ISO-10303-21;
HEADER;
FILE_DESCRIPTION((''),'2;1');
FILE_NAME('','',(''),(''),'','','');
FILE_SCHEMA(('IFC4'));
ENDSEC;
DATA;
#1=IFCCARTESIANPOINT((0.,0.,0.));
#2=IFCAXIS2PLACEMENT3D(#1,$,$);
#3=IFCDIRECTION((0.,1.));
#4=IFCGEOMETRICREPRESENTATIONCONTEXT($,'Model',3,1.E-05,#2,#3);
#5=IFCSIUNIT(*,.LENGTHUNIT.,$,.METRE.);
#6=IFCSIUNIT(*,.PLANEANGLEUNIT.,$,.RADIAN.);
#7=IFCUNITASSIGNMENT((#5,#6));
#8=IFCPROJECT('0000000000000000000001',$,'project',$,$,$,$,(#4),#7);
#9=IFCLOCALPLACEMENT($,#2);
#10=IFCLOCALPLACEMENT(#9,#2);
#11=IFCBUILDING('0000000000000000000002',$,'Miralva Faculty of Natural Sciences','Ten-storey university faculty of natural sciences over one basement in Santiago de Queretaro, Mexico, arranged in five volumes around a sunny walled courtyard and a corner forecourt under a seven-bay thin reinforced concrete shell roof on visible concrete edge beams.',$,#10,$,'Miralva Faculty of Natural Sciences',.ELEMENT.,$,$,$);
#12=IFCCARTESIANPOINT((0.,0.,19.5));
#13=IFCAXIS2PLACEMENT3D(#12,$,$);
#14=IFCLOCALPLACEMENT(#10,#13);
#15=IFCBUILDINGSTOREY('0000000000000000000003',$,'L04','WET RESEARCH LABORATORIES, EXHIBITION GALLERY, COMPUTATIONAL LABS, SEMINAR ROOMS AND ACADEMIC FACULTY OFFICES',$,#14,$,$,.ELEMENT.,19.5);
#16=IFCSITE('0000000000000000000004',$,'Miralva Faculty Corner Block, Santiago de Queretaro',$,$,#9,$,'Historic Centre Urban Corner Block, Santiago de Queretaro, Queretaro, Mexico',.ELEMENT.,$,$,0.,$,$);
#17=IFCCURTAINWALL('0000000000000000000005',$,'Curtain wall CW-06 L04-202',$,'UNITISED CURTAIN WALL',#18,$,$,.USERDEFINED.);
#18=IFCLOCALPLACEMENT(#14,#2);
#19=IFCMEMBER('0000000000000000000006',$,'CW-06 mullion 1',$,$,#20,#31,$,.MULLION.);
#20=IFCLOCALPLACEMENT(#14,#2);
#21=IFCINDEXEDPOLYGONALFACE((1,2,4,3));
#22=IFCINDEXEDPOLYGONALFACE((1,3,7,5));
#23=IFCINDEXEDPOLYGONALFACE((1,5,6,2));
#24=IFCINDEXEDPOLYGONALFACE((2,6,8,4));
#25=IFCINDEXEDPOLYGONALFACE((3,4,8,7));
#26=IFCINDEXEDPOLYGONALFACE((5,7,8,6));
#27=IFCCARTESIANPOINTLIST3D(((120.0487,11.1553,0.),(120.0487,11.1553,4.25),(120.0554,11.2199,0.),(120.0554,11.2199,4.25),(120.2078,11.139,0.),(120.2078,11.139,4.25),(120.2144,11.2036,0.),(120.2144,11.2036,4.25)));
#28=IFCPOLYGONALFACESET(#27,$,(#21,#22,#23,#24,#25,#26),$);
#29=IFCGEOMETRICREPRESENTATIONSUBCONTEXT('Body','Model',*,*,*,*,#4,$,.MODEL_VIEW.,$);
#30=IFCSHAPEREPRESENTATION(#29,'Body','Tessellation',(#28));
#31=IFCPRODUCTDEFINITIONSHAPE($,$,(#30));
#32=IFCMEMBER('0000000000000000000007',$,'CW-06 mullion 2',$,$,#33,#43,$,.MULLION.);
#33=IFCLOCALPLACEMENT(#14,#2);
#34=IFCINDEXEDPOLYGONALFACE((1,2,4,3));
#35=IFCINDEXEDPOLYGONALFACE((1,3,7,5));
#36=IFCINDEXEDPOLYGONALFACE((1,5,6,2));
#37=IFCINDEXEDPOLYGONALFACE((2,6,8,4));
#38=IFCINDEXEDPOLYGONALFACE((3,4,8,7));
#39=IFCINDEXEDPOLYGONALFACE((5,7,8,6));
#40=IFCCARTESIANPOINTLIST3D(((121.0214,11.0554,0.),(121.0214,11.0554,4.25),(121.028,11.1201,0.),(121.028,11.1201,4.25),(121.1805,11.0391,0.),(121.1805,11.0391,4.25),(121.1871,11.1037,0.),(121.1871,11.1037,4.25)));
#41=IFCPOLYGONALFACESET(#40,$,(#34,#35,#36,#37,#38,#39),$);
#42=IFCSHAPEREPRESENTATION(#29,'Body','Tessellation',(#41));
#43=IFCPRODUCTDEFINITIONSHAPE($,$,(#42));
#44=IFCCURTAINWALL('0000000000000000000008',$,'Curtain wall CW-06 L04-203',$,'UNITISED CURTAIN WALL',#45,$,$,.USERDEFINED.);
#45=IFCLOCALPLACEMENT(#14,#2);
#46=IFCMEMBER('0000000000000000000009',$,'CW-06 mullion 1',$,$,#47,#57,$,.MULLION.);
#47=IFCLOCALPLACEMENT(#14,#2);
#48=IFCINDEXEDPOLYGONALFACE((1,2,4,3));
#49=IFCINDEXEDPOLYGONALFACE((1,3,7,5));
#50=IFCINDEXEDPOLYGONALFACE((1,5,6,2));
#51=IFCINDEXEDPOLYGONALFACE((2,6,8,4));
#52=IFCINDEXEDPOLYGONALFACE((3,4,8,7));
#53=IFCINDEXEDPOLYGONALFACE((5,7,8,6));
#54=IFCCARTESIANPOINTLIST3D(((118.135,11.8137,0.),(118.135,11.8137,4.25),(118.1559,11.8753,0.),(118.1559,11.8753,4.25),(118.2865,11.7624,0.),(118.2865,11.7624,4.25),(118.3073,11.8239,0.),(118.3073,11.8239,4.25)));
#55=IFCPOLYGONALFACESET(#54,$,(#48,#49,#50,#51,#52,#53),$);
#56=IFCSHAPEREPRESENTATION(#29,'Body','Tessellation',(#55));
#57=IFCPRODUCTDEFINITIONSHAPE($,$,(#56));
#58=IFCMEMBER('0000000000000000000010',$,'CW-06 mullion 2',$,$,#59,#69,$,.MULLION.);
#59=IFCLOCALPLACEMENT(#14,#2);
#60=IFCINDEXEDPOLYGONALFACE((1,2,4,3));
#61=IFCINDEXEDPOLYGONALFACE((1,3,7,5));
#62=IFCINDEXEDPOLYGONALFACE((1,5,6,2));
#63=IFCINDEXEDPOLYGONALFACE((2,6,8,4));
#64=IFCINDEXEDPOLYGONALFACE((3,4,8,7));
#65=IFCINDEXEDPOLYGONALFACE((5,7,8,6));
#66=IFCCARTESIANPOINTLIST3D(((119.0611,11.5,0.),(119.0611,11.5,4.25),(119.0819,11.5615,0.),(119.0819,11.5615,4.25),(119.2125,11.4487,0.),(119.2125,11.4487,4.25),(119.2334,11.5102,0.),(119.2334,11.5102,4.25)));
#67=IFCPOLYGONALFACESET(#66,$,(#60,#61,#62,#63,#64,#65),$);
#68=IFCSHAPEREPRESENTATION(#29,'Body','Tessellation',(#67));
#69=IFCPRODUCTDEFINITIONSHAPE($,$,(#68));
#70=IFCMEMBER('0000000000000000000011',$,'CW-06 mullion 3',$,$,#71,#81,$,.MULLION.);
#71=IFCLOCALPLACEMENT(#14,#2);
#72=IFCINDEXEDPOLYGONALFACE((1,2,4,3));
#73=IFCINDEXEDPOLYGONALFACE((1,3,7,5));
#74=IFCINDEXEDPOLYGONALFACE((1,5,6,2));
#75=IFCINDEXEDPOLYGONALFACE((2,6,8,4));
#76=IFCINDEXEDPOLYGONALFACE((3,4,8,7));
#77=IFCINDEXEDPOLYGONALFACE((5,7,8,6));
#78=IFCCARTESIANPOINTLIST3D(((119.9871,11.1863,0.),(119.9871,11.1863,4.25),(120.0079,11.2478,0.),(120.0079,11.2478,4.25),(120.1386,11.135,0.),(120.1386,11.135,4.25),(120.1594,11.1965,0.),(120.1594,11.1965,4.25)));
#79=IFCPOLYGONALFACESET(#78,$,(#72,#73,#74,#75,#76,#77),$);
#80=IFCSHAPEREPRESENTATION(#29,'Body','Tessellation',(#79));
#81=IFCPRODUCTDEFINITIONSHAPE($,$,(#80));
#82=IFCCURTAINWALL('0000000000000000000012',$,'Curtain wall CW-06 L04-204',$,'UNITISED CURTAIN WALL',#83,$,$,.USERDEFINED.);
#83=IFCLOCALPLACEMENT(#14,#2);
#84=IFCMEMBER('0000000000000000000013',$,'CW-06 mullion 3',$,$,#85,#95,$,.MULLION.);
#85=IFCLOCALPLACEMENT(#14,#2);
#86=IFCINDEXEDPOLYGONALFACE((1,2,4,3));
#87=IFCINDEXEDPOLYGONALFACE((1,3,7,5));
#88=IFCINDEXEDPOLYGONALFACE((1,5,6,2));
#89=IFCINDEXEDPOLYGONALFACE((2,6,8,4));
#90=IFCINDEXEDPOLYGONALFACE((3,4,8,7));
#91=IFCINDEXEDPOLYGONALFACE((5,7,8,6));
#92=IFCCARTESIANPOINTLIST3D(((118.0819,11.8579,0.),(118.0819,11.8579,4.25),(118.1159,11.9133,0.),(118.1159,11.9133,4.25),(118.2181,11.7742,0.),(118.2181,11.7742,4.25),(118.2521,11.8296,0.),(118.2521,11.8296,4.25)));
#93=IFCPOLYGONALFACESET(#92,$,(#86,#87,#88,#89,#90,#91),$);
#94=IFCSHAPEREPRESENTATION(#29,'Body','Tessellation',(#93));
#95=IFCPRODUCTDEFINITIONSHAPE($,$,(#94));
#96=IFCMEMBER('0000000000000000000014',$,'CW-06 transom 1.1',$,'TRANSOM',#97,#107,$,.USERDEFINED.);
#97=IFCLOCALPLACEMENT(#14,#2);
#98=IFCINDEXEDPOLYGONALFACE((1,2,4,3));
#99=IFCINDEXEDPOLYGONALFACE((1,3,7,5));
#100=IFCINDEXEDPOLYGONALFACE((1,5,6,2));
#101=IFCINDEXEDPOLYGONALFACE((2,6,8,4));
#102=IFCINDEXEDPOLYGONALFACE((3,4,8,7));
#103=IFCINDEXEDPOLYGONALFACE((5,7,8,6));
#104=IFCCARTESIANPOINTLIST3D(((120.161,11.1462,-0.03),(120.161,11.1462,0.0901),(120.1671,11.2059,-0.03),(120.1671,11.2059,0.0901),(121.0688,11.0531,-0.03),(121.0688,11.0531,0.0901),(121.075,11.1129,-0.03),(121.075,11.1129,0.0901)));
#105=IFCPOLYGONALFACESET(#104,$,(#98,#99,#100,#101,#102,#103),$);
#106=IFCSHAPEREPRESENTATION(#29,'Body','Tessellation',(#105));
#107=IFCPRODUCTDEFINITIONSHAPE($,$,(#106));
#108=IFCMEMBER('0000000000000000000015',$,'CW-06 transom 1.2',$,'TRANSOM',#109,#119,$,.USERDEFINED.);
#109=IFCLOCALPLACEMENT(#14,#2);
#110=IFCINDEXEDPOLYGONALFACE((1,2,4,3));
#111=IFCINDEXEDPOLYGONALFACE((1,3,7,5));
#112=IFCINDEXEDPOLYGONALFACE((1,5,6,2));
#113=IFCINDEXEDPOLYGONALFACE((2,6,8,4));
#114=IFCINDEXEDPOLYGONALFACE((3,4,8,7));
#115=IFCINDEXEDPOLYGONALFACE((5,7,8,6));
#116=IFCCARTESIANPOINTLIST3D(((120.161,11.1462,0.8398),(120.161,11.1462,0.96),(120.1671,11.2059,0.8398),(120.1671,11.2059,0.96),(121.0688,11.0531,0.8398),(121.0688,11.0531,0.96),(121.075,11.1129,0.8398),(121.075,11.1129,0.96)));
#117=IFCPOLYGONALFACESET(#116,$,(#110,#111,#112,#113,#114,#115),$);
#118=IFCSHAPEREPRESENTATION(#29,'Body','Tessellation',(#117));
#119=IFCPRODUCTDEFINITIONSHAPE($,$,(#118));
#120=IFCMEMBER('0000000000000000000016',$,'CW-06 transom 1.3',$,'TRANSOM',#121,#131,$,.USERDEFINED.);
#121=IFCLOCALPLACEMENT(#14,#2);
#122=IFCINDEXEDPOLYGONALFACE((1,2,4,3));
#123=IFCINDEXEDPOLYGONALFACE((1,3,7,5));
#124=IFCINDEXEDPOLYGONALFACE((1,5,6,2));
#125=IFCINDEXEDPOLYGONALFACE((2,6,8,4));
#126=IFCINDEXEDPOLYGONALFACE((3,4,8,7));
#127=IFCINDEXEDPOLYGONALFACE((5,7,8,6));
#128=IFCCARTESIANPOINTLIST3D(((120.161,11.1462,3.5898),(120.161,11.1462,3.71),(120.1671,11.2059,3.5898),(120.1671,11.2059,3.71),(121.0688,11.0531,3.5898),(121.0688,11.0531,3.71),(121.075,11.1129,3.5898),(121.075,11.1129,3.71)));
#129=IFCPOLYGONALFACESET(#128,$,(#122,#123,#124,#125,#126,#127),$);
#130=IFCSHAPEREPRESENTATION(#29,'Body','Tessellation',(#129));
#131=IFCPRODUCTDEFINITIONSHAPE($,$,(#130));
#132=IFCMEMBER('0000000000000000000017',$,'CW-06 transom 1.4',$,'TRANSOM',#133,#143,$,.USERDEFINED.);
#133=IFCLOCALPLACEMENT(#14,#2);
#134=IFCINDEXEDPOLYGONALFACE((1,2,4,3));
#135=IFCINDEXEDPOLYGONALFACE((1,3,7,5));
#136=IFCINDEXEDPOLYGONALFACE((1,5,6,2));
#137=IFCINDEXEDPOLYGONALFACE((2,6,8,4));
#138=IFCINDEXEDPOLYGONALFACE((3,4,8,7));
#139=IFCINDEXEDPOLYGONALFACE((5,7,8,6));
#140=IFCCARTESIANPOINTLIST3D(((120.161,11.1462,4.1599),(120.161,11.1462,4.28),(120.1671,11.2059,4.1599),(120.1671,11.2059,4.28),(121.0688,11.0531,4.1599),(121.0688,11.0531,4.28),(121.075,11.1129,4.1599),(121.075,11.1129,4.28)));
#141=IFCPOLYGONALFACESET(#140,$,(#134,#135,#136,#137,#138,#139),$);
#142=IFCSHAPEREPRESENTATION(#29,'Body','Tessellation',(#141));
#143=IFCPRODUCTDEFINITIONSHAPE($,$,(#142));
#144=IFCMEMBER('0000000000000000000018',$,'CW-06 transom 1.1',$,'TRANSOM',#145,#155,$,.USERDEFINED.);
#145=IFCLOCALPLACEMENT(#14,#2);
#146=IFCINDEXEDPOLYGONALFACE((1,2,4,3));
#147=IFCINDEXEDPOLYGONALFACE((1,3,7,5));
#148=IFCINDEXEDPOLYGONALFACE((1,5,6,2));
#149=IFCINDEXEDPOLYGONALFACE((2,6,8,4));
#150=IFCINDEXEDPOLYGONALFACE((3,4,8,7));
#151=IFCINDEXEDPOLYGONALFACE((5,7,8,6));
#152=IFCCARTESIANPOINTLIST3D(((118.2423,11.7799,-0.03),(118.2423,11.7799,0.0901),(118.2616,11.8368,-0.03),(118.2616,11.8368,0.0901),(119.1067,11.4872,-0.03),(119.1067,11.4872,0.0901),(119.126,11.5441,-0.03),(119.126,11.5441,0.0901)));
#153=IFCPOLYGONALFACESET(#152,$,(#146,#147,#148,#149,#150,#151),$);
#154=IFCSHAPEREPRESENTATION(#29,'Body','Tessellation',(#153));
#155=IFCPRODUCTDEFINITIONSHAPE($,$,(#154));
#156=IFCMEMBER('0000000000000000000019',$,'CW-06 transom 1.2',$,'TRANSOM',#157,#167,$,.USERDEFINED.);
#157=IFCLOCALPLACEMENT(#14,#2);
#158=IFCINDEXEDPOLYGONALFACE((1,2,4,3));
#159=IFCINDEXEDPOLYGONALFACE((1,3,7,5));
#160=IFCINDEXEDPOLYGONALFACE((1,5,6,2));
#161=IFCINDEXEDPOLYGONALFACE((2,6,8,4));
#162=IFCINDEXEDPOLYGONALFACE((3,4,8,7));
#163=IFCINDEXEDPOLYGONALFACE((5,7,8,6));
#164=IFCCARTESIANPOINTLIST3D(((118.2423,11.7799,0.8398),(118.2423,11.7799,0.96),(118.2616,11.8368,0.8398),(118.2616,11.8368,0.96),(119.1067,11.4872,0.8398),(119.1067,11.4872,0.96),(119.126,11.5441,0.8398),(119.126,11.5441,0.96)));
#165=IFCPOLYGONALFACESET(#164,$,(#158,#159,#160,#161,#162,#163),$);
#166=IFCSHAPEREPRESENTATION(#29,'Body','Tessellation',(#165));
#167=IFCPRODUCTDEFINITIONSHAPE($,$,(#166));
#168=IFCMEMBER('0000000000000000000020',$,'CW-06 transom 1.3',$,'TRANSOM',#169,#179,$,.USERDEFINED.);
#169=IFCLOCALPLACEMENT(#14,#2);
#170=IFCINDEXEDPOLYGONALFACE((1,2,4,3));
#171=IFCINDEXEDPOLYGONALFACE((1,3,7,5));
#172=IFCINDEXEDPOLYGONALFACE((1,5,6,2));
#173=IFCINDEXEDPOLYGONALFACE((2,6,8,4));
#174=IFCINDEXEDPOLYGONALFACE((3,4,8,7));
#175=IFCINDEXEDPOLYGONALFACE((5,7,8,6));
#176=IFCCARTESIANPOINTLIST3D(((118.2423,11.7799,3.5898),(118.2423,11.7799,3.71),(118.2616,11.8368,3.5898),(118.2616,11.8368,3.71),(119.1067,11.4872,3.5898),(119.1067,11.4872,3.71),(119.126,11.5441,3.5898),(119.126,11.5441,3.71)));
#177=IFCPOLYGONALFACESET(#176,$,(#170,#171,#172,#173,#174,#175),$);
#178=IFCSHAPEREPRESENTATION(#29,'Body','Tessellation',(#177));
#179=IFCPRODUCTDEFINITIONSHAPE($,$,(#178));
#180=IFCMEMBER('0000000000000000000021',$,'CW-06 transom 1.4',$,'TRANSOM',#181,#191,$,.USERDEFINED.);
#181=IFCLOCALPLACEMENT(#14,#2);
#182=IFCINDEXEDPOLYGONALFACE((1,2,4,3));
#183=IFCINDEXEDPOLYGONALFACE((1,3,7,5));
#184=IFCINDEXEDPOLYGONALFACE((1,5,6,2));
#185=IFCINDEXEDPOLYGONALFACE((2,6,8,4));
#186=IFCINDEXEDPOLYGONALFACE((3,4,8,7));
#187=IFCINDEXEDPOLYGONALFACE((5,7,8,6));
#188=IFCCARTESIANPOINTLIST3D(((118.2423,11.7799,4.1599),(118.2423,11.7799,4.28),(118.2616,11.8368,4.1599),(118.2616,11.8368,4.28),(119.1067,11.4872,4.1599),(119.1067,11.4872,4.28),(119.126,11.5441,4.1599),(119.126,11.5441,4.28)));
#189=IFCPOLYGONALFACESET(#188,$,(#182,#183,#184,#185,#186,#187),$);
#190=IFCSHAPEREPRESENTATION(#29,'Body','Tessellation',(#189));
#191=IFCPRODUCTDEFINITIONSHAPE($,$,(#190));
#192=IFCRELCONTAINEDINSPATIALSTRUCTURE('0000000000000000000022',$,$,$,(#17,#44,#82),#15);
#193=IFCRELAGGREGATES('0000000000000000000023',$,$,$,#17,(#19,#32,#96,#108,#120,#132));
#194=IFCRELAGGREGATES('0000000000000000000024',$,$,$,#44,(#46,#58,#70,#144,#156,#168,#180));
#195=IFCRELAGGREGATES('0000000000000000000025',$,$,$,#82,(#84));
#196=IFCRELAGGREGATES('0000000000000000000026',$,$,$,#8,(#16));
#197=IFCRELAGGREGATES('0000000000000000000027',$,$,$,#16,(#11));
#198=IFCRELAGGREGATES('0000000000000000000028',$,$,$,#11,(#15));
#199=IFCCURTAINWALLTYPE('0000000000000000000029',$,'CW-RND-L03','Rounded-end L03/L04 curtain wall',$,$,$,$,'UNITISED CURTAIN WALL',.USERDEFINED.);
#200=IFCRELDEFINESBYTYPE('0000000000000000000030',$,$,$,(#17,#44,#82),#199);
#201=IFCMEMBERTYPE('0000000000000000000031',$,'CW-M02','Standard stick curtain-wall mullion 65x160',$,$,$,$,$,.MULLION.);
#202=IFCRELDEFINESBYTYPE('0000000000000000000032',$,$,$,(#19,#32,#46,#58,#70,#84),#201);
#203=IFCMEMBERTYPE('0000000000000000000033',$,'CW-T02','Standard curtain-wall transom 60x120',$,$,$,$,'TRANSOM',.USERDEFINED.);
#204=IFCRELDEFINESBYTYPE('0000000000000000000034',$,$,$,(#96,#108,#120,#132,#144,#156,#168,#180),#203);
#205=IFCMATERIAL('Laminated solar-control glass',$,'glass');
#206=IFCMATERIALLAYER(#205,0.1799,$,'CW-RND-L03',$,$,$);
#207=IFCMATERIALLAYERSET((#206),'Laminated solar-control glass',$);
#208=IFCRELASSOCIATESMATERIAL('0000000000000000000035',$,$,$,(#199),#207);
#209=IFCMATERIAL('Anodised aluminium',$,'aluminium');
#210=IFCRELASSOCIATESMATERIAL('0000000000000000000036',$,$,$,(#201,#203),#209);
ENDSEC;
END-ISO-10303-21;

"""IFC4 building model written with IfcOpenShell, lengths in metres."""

from ifc_helpers import new_model, si_unit, direction, frame, origin, origin_2d, place, context, subcontext, project, spatial, rectangle, extrude, material, layer, layer_set, material_profile, profile_set, type_object, element, aggregate, save


model = new_model("IFC4")

# Units and contexts
model_context = context("Model", 3, precision=1e-05, world=origin(), true_north=direction((0.0, 1.0)))
body_context = subcontext(model_context, "Body", "Model", "MODEL_VIEW")
ifc_project = project(units=[si_unit("LENGTHUNIT", "METRE"), si_unit("PLANEANGLEUNIT", "RADIAN")], contexts=[model_context])

# Site, building, storey
site_placement = place(None, origin())
site = spatial("IfcSite", under=ifc_project, at=site_placement, Name="Miralva Faculty Corner Block, Santiago de Queretaro", LongName="Historic Centre Urban Corner Block, Santiago de Queretaro, Queretaro, Mexico", CompositionType="ELEMENT", RefElevation=0.0)
building_placement = place(site_placement, origin())
building = spatial("IfcBuilding", under=site, at=building_placement, Name="Miralva Faculty of Natural Sciences", Description="Ten-storey university faculty of natural sciences over one basement in Santiago de Queretaro, Mexico, arranged in five volumes around a sunny walled courtyard and a corner forecourt under a seven-bay thin reinforced concrete shell roof on visible concrete edge beams.", LongName="Miralva Faculty of Natural Sciences", CompositionType="ELEMENT")
storey_placement = place(building_placement, frame((0.0, 0.0, 19.5)))
storey = spatial("IfcBuildingStorey", under=building, at=storey_placement, Name="L04", Description="WET RESEARCH LABORATORIES, EXHIBITION GALLERY, COMPUTATIONAL LABS, SEMINAR ROOMS AND ACADEMIC FACULTY OFFICES", CompositionType="ELEMENT", Elevation=19.5)

# Curtain walls, members
ifc_material_1 = material(Name="Laminated solar-control glass", Category="glass")
ifc_layer_1 = layer(ifc_material_1, 0.1799, Name="CW-RND-L03")
ifc_layer_set_1 = layer_set([ifc_layer_1], Name="Laminated solar-control glass")
curtain_wall_type = type_object("IfcCurtainWallType", Name="CW-RND-L03", Description="Rounded-end L03/L04 curtain wall", ElementType="UNITISED CURTAIN WALL", PredefinedType="USERDEFINED", material=ifc_layer_set_1)
curtain_wall_1_placement = place(storey_placement, origin())
curtain_wall_1 = element("IfcCurtainWall", 1, at=curtain_wall_1_placement, inside=storey, type_object=curtain_wall_type, Name="Curtain wall CW-06 L04-202", ObjectType="UNITISED CURTAIN WALL", PredefinedType="USERDEFINED")
ifc_material_2 = material(Name="Anodised aluminium", Category="aluminium")
ifc_material_profile_1 = material_profile(ifc_material_2, rectangle(XDim=0.0649, YDim=0.1599, at=origin_2d()), Name="MULLION 65x160")
ifc_profile_set_1 = profile_set([ifc_material_profile_1], Name="Anodised aluminium")
member_type_1 = type_object("IfcMemberType", Name="CW-M02", Description="Standard stick curtain-wall mullion 65x160", PredefinedType="MULLION", material=ifc_profile_set_1)
member_1_placement = place(storey_placement, frame((120.1316, 11.1794, 0.0), z_axis=(0.0, 0.0, 1.0), x_axis=(0.102056, 0.994779, 0.0)))
member_1 = element("IfcMember", 2, at=member_1_placement, type_object=member_type_1, Name="CW-06 mullion 1", PredefinedType="MULLION", context=body_context, shape_type="SweptSolid", body=[
    extrude(rectangle(XDim=0.0649, YDim=0.1599, at=origin_2d()), origin(), (0.0, 0.0, 1.0), 4.25),
])
member_2_placement = place(storey_placement, frame((121.1042, 11.0796, 0.0), z_axis=(0.0, 0.0, 1.0), x_axis=(0.102056, 0.994779, 0.0)))
member_2 = element("IfcMember", 3, at=member_2_placement, type_object=member_type_1, Name="CW-06 mullion 2", PredefinedType="MULLION", context=body_context, shape_type="SweptSolid", body=[
    extrude(rectangle(XDim=0.0649, YDim=0.1599, at=origin_2d()), origin(), (0.0, 0.0, 1.0), 4.25),
])
curtain_wall_2_placement = place(storey_placement, origin())
curtain_wall_2 = element("IfcCurtainWall", 4, at=curtain_wall_2_placement, inside=storey, type_object=curtain_wall_type, Name="Curtain wall CW-06 L04-203", ObjectType="UNITISED CURTAIN WALL", PredefinedType="USERDEFINED")
member_3_placement = place(storey_placement, frame((118.2212, 11.8188, 0.0), z_axis=(0.0, 0.0, 1.0), x_axis=(0.320842, 0.947133, 0.0)))
member_3 = element("IfcMember", 5, at=member_3_placement, type_object=member_type_1, Name="CW-06 mullion 1", PredefinedType="MULLION", context=body_context, shape_type="SweptSolid", body=[
    extrude(rectangle(XDim=0.0649, YDim=0.1599, at=origin_2d()), origin(), (0.0, 0.0, 1.0), 4.25),
])
member_4_placement = place(storey_placement, frame((119.1472, 11.5051, 0.0), z_axis=(0.0, 0.0, 1.0), x_axis=(0.320842, 0.947133, 0.0)))
member_4 = element("IfcMember", 6, at=member_4_placement, type_object=member_type_1, Name="CW-06 mullion 2", PredefinedType="MULLION", context=body_context, shape_type="SweptSolid", body=[
    extrude(rectangle(XDim=0.0649, YDim=0.1599, at=origin_2d()), origin(), (0.0, 0.0, 1.0), 4.25),
])
member_5_placement = place(storey_placement, frame((120.0732, 11.1914, 0.0), z_axis=(0.0, 0.0, 1.0), x_axis=(0.320842, 0.947133, 0.0)))
member_5 = element("IfcMember", 7, at=member_5_placement, type_object=member_type_1, Name="CW-06 mullion 3", PredefinedType="MULLION", context=body_context, shape_type="SweptSolid", body=[
    extrude(rectangle(XDim=0.0649, YDim=0.1599, at=origin_2d()), origin(), (0.0, 0.0, 1.0), 4.25),
])

# Curtain wall, member
curtain_wall_3_placement = place(storey_placement, origin())
curtain_wall_3 = element("IfcCurtainWall", 8, at=curtain_wall_3_placement, inside=storey, type_object=curtain_wall_type, Name="Curtain wall CW-06 L04-204", ObjectType="UNITISED CURTAIN WALL", PredefinedType="USERDEFINED")
member_6_placement = place(storey_placement, frame((118.167, 11.8438, 0.0), z_axis=(0.0, 0.0, 1.0), x_axis=(0.523535, 0.852004, 0.0)))
member_6 = element("IfcMember", 9, at=member_6_placement, type_object=member_type_1, Name="CW-06 mullion 3", PredefinedType="MULLION", context=body_context, shape_type="SweptSolid", body=[
    extrude(rectangle(XDim=0.0649, YDim=0.1599, at=origin_2d()), origin(), (0.0, 0.0, 1.0), 4.25),
])

# Members
ifc_material_profile_2 = material_profile(ifc_material_2, rectangle(XDim=0.0601, YDim=0.1201, at=origin_2d()), Name="TRANSOM 60x120")
ifc_profile_set_2 = profile_set([ifc_material_profile_2], Name="Anodised aluminium")
member_type_2 = type_object("IfcMemberType", Name="CW-T02", Description="Standard curtain-wall transom 60x120", ElementType="TRANSOM", PredefinedType="USERDEFINED", material=ifc_profile_set_2)
member_7_placement = place(storey_placement, frame((120.1641, 11.176, 0.03), z_axis=(0.994793, -0.101913, 0.0), x_axis=(0.101913, 0.994793, 0.0)))
member_7 = element("IfcMember", 10, at=member_7_placement, type_object=member_type_2, Name="CW-06 transom 1.1", ObjectType="TRANSOM", PredefinedType="USERDEFINED", context=body_context, shape_type="SweptSolid", body=[
    extrude(rectangle(XDim=0.0601, YDim=0.1201, at=origin_2d()), origin(), (0.0, 0.0, 1.0), 0.9126),
])
member_8_placement = place(storey_placement, frame((120.1641, 11.176, 0.8999), z_axis=(0.994793, -0.101913, 0.0), x_axis=(0.101913, 0.994793, 0.0)))
member_8 = element("IfcMember", 11, at=member_8_placement, type_object=member_type_2, Name="CW-06 transom 1.2", ObjectType="TRANSOM", PredefinedType="USERDEFINED", context=body_context, shape_type="SweptSolid", body=[
    extrude(rectangle(XDim=0.0601, YDim=0.1201, at=origin_2d()), origin(), (0.0, 0.0, 1.0), 0.9126),
])
member_9_placement = place(storey_placement, frame((120.1641, 11.176, 3.6499), z_axis=(0.994793, -0.101913, 0.0), x_axis=(0.101913, 0.994793, 0.0)))
member_9 = element("IfcMember", 12, at=member_9_placement, type_object=member_type_2, Name="CW-06 transom 1.3", ObjectType="TRANSOM", PredefinedType="USERDEFINED", context=body_context, shape_type="SweptSolid", body=[
    extrude(rectangle(XDim=0.0601, YDim=0.1201, at=origin_2d()), origin(), (0.0, 0.0, 1.0), 0.9126),
])
member_10_placement = place(storey_placement, frame((120.1641, 11.176, 4.22), z_axis=(0.994793, -0.101913, 0.0), x_axis=(0.101913, 0.994793, 0.0)))
member_10 = element("IfcMember", 13, at=member_10_placement, type_object=member_type_2, Name="CW-06 transom 1.4", ObjectType="TRANSOM", PredefinedType="USERDEFINED", context=body_context, shape_type="SweptSolid", body=[
    extrude(rectangle(XDim=0.0601, YDim=0.1201, at=origin_2d()), origin(), (0.0, 0.0, 1.0), 0.9126),
])
member_11_placement = place(storey_placement, frame((118.252, 11.8083, 0.03), z_axis=(0.947175, -0.320718, 0.0), x_axis=(0.320718, 0.947175, 0.0)))
member_11 = element("IfcMember", 14, at=member_11_placement, type_object=member_type_2, Name="CW-06 transom 1.1", ObjectType="TRANSOM", PredefinedType="USERDEFINED", context=body_context, shape_type="SweptSolid", body=[
    extrude(rectangle(XDim=0.0601, YDim=0.1201, at=origin_2d()), origin(), (0.0, 0.0, 1.0), 0.9126),
])
member_12_placement = place(storey_placement, frame((118.252, 11.8083, 0.8999), z_axis=(0.947175, -0.320718, 0.0), x_axis=(0.320718, 0.947175, 0.0)))
member_12 = element("IfcMember", 15, at=member_12_placement, type_object=member_type_2, Name="CW-06 transom 1.2", ObjectType="TRANSOM", PredefinedType="USERDEFINED", context=body_context, shape_type="SweptSolid", body=[
    extrude(rectangle(XDim=0.0601, YDim=0.1201, at=origin_2d()), origin(), (0.0, 0.0, 1.0), 0.9126),
])
member_13_placement = place(storey_placement, frame((118.252, 11.8083, 3.6499), z_axis=(0.947175, -0.320718, 0.0), x_axis=(0.320718, 0.947175, 0.0)))
member_13 = element("IfcMember", 16, at=member_13_placement, type_object=member_type_2, Name="CW-06 transom 1.3", ObjectType="TRANSOM", PredefinedType="USERDEFINED", context=body_context, shape_type="SweptSolid", body=[
    extrude(rectangle(XDim=0.0601, YDim=0.1201, at=origin_2d()), origin(), (0.0, 0.0, 1.0), 0.9126),
])
member_14_placement = place(storey_placement, frame((118.252, 11.8083, 4.22), z_axis=(0.947175, -0.320718, 0.0), x_axis=(0.320718, 0.947175, 0.0)))
member_14 = element("IfcMember", 17, at=member_14_placement, type_object=member_type_2, Name="CW-06 transom 1.4", ObjectType="TRANSOM", PredefinedType="USERDEFINED", context=body_context, shape_type="SweptSolid", body=[
    extrude(rectangle(XDim=0.0601, YDim=0.1201, at=origin_2d()), origin(), (0.0, 0.0, 1.0), 0.9126),
])

aggregate(curtain_wall_1, [member_1, member_2, member_7, member_8, member_9, member_10])
aggregate(curtain_wall_2, [member_3, member_4, member_5, member_11, member_12, member_13, member_14])
aggregate(curtain_wall_3, [member_6])

save(model, "model.ifc")
